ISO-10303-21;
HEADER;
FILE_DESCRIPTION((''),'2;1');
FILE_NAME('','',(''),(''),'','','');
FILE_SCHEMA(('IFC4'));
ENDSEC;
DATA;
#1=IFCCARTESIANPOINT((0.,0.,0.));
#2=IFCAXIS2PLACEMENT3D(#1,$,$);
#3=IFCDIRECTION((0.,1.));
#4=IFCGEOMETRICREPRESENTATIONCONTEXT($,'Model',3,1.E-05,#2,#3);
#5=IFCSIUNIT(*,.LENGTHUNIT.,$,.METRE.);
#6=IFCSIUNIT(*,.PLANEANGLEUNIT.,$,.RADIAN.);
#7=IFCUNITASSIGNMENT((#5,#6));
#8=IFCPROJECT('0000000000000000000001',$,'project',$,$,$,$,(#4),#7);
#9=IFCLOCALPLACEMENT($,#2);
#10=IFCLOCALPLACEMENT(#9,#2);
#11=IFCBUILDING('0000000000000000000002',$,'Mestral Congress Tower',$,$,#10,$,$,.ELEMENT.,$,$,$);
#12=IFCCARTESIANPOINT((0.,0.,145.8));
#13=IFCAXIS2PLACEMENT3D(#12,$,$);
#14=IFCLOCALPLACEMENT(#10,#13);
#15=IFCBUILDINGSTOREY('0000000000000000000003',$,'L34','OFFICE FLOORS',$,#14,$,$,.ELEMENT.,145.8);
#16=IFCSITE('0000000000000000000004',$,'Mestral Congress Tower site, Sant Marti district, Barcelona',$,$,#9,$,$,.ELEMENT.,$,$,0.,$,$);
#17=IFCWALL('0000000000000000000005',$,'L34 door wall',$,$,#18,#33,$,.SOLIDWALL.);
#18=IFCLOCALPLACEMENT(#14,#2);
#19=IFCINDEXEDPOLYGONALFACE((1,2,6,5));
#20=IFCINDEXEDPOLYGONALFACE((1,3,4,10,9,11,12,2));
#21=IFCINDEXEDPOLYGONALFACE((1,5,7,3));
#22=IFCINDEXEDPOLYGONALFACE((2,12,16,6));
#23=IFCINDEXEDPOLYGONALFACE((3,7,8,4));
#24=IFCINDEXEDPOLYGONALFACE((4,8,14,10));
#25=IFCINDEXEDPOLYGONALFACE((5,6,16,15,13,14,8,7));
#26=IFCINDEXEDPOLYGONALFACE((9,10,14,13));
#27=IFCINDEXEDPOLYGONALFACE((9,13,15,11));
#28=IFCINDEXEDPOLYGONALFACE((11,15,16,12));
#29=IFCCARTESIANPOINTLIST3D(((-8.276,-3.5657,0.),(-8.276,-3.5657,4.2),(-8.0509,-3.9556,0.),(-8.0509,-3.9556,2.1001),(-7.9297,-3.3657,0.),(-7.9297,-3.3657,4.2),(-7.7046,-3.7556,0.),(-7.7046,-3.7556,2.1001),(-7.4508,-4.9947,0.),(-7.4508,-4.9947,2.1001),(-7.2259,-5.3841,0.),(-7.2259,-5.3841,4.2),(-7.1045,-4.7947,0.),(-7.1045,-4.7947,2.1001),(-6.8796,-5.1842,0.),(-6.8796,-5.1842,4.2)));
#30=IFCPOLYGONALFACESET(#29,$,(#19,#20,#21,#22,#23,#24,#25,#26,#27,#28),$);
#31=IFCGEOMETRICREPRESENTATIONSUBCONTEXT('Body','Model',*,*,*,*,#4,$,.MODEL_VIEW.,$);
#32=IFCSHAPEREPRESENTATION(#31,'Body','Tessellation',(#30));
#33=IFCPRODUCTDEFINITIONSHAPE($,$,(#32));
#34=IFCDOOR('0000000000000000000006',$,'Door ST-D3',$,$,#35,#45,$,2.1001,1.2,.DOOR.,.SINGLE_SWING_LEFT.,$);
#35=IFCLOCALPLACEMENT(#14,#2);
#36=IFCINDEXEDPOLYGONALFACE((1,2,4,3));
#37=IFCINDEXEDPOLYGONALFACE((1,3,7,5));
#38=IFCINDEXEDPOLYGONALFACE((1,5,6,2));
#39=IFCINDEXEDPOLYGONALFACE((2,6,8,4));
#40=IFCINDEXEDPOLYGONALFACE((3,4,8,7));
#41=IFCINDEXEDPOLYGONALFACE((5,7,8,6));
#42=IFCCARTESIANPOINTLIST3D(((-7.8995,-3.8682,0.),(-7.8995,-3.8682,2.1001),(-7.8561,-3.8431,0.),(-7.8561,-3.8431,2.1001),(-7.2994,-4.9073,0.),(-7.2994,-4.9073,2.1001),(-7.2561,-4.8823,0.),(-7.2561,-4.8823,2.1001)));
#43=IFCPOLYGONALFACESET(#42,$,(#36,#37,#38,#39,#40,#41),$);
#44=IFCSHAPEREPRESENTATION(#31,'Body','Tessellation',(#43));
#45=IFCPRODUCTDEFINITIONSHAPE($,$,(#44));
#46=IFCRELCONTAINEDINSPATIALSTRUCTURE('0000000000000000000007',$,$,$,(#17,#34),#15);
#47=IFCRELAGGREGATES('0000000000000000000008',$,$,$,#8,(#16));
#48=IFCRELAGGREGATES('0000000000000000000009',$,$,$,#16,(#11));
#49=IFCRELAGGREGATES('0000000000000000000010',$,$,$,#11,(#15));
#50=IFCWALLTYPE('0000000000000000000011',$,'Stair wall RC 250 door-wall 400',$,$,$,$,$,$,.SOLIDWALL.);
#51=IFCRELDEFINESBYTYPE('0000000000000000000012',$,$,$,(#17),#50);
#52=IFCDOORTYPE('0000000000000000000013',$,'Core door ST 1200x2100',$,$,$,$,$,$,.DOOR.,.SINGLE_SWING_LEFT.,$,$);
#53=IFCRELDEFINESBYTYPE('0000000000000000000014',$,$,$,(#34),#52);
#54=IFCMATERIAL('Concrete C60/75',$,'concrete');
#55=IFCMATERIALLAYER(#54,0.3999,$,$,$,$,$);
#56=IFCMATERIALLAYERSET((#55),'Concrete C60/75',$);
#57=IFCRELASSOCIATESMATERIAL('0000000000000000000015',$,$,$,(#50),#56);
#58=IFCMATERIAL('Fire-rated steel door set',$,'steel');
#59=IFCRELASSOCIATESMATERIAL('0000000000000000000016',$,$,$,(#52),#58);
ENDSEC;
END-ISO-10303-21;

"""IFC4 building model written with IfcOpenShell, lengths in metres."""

from ifc_helpers import new_model, si_unit, direction, frame, frame_2d, origin, place, context, subcontext, project, spatial, rectangle, extrude, material, layer, layer_set, type_object, element, fill, save


model = new_model("IFC4")

# Units and contexts
model_context = context("Model", 3, precision=1e-05, world=origin(), true_north=direction((0.0, 1.0)))
body_context = subcontext(model_context, "Body", "Model", "MODEL_VIEW")
ifc_project = project(units=[si_unit("LENGTHUNIT", "METRE"), si_unit("PLANEANGLEUNIT", "RADIAN")], contexts=[model_context])

# Site, building, storey
site_placement = place(None, origin())
site = spatial("IfcSite", under=ifc_project, at=site_placement, Name="Mestral Congress Tower site, Sant Marti district, Barcelona", CompositionType="ELEMENT", RefElevation=0.0)
building_placement = place(site_placement, origin())
building = spatial("IfcBuilding", under=site, at=building_placement, Name="Mestral Congress Tower", CompositionType="ELEMENT")
storey_placement = place(building_placement, frame((0.0, 0.0, 145.8)))
storey = spatial("IfcBuildingStorey", under=building, at=storey_placement, Name="L34", Description="OFFICE FLOORS", CompositionType="ELEMENT", Elevation=145.8)

# Shared definitions
ifc_material_1 = material(Name="Concrete C60/75", Category="concrete")

# Shared definitions
ifc_material_2 = material(Name="Fire-rated steel door set", Category="steel")

# Wall, opening, door
ifc_layer_1 = layer(ifc_material_1, 0.3999)
ifc_layer_set_1 = layer_set([ifc_layer_1], Name="Concrete C60/75")
wall_type_1 = type_object("IfcWallType", Name="Stair wall RC 250 door-wall 400", PredefinedType="SOLIDWALL", material=ifc_layer_set_1)
wall_1_placement = place(storey_placement, frame((-8.1028, -3.4658, 0.0), z_axis=(0.0, 0.0, 1.0), x_axis=(0.500078, -0.86598, 0.0)))
wall_1 = element("IfcWall", 1, at=wall_1_placement, inside=storey, type_object=wall_type_1, Name="L34 door wall", PredefinedType="SOLIDWALL", context=body_context, shape_type="SweptSolid", body=[
    extrude(rectangle(XDim=2.0999, YDim=0.3999, at=frame_2d((1.0498, 0.0))), origin(), (0.0, 0.0, 1.0), 4.2),
])
opening_1_placement = place(wall_1_placement, frame((0.45, 0.0, 0.0)))
opening_1 = element("IfcOpeningElement", 2, at=opening_1_placement, cuts=wall_1, PredefinedType="OPENING", context=body_context, shape_type="SweptSolid", body=[
    extrude(rectangle(XDim=1.2, YDim=2.1001, at=frame_2d((0.6001, 1.05))), frame((0.0, 0.21, 0.0), z_axis=(0.0, -1.0, 0.0), x_axis=(1.0, 0.0, 0.0)), (0.0, 0.0, 1.0), 0.4199),
])
door_type_1 = type_object("IfcDoorType", Name="Core door ST 1200x2100", OperationType="SINGLE_SWING_LEFT", PredefinedType="DOOR", material=ifc_material_2)
door_1_placement = place(opening_1_placement, origin())
door_1 = element("IfcDoor", 3, at=door_1_placement, inside=storey, type_object=door_type_1, Name="Door ST-D3", OperationType="SINGLE_SWING_LEFT", OverallHeight=2.1001, OverallWidth=1.2, PredefinedType="DOOR", context=body_context, shape_type="SweptSolid", body=[
    extrude(rectangle(XDim=1.2, YDim=2.1001, at=frame_2d((0.6001, 1.05))), frame((0.0, 0.0249, 0.0), z_axis=(0.0, -1.0, 0.0), x_axis=(1.0, 0.0, 0.0)), (0.0, 0.0, 1.0), 0.05),
])
fill(opening_1, door_1)

save(model, "model.ifc")
